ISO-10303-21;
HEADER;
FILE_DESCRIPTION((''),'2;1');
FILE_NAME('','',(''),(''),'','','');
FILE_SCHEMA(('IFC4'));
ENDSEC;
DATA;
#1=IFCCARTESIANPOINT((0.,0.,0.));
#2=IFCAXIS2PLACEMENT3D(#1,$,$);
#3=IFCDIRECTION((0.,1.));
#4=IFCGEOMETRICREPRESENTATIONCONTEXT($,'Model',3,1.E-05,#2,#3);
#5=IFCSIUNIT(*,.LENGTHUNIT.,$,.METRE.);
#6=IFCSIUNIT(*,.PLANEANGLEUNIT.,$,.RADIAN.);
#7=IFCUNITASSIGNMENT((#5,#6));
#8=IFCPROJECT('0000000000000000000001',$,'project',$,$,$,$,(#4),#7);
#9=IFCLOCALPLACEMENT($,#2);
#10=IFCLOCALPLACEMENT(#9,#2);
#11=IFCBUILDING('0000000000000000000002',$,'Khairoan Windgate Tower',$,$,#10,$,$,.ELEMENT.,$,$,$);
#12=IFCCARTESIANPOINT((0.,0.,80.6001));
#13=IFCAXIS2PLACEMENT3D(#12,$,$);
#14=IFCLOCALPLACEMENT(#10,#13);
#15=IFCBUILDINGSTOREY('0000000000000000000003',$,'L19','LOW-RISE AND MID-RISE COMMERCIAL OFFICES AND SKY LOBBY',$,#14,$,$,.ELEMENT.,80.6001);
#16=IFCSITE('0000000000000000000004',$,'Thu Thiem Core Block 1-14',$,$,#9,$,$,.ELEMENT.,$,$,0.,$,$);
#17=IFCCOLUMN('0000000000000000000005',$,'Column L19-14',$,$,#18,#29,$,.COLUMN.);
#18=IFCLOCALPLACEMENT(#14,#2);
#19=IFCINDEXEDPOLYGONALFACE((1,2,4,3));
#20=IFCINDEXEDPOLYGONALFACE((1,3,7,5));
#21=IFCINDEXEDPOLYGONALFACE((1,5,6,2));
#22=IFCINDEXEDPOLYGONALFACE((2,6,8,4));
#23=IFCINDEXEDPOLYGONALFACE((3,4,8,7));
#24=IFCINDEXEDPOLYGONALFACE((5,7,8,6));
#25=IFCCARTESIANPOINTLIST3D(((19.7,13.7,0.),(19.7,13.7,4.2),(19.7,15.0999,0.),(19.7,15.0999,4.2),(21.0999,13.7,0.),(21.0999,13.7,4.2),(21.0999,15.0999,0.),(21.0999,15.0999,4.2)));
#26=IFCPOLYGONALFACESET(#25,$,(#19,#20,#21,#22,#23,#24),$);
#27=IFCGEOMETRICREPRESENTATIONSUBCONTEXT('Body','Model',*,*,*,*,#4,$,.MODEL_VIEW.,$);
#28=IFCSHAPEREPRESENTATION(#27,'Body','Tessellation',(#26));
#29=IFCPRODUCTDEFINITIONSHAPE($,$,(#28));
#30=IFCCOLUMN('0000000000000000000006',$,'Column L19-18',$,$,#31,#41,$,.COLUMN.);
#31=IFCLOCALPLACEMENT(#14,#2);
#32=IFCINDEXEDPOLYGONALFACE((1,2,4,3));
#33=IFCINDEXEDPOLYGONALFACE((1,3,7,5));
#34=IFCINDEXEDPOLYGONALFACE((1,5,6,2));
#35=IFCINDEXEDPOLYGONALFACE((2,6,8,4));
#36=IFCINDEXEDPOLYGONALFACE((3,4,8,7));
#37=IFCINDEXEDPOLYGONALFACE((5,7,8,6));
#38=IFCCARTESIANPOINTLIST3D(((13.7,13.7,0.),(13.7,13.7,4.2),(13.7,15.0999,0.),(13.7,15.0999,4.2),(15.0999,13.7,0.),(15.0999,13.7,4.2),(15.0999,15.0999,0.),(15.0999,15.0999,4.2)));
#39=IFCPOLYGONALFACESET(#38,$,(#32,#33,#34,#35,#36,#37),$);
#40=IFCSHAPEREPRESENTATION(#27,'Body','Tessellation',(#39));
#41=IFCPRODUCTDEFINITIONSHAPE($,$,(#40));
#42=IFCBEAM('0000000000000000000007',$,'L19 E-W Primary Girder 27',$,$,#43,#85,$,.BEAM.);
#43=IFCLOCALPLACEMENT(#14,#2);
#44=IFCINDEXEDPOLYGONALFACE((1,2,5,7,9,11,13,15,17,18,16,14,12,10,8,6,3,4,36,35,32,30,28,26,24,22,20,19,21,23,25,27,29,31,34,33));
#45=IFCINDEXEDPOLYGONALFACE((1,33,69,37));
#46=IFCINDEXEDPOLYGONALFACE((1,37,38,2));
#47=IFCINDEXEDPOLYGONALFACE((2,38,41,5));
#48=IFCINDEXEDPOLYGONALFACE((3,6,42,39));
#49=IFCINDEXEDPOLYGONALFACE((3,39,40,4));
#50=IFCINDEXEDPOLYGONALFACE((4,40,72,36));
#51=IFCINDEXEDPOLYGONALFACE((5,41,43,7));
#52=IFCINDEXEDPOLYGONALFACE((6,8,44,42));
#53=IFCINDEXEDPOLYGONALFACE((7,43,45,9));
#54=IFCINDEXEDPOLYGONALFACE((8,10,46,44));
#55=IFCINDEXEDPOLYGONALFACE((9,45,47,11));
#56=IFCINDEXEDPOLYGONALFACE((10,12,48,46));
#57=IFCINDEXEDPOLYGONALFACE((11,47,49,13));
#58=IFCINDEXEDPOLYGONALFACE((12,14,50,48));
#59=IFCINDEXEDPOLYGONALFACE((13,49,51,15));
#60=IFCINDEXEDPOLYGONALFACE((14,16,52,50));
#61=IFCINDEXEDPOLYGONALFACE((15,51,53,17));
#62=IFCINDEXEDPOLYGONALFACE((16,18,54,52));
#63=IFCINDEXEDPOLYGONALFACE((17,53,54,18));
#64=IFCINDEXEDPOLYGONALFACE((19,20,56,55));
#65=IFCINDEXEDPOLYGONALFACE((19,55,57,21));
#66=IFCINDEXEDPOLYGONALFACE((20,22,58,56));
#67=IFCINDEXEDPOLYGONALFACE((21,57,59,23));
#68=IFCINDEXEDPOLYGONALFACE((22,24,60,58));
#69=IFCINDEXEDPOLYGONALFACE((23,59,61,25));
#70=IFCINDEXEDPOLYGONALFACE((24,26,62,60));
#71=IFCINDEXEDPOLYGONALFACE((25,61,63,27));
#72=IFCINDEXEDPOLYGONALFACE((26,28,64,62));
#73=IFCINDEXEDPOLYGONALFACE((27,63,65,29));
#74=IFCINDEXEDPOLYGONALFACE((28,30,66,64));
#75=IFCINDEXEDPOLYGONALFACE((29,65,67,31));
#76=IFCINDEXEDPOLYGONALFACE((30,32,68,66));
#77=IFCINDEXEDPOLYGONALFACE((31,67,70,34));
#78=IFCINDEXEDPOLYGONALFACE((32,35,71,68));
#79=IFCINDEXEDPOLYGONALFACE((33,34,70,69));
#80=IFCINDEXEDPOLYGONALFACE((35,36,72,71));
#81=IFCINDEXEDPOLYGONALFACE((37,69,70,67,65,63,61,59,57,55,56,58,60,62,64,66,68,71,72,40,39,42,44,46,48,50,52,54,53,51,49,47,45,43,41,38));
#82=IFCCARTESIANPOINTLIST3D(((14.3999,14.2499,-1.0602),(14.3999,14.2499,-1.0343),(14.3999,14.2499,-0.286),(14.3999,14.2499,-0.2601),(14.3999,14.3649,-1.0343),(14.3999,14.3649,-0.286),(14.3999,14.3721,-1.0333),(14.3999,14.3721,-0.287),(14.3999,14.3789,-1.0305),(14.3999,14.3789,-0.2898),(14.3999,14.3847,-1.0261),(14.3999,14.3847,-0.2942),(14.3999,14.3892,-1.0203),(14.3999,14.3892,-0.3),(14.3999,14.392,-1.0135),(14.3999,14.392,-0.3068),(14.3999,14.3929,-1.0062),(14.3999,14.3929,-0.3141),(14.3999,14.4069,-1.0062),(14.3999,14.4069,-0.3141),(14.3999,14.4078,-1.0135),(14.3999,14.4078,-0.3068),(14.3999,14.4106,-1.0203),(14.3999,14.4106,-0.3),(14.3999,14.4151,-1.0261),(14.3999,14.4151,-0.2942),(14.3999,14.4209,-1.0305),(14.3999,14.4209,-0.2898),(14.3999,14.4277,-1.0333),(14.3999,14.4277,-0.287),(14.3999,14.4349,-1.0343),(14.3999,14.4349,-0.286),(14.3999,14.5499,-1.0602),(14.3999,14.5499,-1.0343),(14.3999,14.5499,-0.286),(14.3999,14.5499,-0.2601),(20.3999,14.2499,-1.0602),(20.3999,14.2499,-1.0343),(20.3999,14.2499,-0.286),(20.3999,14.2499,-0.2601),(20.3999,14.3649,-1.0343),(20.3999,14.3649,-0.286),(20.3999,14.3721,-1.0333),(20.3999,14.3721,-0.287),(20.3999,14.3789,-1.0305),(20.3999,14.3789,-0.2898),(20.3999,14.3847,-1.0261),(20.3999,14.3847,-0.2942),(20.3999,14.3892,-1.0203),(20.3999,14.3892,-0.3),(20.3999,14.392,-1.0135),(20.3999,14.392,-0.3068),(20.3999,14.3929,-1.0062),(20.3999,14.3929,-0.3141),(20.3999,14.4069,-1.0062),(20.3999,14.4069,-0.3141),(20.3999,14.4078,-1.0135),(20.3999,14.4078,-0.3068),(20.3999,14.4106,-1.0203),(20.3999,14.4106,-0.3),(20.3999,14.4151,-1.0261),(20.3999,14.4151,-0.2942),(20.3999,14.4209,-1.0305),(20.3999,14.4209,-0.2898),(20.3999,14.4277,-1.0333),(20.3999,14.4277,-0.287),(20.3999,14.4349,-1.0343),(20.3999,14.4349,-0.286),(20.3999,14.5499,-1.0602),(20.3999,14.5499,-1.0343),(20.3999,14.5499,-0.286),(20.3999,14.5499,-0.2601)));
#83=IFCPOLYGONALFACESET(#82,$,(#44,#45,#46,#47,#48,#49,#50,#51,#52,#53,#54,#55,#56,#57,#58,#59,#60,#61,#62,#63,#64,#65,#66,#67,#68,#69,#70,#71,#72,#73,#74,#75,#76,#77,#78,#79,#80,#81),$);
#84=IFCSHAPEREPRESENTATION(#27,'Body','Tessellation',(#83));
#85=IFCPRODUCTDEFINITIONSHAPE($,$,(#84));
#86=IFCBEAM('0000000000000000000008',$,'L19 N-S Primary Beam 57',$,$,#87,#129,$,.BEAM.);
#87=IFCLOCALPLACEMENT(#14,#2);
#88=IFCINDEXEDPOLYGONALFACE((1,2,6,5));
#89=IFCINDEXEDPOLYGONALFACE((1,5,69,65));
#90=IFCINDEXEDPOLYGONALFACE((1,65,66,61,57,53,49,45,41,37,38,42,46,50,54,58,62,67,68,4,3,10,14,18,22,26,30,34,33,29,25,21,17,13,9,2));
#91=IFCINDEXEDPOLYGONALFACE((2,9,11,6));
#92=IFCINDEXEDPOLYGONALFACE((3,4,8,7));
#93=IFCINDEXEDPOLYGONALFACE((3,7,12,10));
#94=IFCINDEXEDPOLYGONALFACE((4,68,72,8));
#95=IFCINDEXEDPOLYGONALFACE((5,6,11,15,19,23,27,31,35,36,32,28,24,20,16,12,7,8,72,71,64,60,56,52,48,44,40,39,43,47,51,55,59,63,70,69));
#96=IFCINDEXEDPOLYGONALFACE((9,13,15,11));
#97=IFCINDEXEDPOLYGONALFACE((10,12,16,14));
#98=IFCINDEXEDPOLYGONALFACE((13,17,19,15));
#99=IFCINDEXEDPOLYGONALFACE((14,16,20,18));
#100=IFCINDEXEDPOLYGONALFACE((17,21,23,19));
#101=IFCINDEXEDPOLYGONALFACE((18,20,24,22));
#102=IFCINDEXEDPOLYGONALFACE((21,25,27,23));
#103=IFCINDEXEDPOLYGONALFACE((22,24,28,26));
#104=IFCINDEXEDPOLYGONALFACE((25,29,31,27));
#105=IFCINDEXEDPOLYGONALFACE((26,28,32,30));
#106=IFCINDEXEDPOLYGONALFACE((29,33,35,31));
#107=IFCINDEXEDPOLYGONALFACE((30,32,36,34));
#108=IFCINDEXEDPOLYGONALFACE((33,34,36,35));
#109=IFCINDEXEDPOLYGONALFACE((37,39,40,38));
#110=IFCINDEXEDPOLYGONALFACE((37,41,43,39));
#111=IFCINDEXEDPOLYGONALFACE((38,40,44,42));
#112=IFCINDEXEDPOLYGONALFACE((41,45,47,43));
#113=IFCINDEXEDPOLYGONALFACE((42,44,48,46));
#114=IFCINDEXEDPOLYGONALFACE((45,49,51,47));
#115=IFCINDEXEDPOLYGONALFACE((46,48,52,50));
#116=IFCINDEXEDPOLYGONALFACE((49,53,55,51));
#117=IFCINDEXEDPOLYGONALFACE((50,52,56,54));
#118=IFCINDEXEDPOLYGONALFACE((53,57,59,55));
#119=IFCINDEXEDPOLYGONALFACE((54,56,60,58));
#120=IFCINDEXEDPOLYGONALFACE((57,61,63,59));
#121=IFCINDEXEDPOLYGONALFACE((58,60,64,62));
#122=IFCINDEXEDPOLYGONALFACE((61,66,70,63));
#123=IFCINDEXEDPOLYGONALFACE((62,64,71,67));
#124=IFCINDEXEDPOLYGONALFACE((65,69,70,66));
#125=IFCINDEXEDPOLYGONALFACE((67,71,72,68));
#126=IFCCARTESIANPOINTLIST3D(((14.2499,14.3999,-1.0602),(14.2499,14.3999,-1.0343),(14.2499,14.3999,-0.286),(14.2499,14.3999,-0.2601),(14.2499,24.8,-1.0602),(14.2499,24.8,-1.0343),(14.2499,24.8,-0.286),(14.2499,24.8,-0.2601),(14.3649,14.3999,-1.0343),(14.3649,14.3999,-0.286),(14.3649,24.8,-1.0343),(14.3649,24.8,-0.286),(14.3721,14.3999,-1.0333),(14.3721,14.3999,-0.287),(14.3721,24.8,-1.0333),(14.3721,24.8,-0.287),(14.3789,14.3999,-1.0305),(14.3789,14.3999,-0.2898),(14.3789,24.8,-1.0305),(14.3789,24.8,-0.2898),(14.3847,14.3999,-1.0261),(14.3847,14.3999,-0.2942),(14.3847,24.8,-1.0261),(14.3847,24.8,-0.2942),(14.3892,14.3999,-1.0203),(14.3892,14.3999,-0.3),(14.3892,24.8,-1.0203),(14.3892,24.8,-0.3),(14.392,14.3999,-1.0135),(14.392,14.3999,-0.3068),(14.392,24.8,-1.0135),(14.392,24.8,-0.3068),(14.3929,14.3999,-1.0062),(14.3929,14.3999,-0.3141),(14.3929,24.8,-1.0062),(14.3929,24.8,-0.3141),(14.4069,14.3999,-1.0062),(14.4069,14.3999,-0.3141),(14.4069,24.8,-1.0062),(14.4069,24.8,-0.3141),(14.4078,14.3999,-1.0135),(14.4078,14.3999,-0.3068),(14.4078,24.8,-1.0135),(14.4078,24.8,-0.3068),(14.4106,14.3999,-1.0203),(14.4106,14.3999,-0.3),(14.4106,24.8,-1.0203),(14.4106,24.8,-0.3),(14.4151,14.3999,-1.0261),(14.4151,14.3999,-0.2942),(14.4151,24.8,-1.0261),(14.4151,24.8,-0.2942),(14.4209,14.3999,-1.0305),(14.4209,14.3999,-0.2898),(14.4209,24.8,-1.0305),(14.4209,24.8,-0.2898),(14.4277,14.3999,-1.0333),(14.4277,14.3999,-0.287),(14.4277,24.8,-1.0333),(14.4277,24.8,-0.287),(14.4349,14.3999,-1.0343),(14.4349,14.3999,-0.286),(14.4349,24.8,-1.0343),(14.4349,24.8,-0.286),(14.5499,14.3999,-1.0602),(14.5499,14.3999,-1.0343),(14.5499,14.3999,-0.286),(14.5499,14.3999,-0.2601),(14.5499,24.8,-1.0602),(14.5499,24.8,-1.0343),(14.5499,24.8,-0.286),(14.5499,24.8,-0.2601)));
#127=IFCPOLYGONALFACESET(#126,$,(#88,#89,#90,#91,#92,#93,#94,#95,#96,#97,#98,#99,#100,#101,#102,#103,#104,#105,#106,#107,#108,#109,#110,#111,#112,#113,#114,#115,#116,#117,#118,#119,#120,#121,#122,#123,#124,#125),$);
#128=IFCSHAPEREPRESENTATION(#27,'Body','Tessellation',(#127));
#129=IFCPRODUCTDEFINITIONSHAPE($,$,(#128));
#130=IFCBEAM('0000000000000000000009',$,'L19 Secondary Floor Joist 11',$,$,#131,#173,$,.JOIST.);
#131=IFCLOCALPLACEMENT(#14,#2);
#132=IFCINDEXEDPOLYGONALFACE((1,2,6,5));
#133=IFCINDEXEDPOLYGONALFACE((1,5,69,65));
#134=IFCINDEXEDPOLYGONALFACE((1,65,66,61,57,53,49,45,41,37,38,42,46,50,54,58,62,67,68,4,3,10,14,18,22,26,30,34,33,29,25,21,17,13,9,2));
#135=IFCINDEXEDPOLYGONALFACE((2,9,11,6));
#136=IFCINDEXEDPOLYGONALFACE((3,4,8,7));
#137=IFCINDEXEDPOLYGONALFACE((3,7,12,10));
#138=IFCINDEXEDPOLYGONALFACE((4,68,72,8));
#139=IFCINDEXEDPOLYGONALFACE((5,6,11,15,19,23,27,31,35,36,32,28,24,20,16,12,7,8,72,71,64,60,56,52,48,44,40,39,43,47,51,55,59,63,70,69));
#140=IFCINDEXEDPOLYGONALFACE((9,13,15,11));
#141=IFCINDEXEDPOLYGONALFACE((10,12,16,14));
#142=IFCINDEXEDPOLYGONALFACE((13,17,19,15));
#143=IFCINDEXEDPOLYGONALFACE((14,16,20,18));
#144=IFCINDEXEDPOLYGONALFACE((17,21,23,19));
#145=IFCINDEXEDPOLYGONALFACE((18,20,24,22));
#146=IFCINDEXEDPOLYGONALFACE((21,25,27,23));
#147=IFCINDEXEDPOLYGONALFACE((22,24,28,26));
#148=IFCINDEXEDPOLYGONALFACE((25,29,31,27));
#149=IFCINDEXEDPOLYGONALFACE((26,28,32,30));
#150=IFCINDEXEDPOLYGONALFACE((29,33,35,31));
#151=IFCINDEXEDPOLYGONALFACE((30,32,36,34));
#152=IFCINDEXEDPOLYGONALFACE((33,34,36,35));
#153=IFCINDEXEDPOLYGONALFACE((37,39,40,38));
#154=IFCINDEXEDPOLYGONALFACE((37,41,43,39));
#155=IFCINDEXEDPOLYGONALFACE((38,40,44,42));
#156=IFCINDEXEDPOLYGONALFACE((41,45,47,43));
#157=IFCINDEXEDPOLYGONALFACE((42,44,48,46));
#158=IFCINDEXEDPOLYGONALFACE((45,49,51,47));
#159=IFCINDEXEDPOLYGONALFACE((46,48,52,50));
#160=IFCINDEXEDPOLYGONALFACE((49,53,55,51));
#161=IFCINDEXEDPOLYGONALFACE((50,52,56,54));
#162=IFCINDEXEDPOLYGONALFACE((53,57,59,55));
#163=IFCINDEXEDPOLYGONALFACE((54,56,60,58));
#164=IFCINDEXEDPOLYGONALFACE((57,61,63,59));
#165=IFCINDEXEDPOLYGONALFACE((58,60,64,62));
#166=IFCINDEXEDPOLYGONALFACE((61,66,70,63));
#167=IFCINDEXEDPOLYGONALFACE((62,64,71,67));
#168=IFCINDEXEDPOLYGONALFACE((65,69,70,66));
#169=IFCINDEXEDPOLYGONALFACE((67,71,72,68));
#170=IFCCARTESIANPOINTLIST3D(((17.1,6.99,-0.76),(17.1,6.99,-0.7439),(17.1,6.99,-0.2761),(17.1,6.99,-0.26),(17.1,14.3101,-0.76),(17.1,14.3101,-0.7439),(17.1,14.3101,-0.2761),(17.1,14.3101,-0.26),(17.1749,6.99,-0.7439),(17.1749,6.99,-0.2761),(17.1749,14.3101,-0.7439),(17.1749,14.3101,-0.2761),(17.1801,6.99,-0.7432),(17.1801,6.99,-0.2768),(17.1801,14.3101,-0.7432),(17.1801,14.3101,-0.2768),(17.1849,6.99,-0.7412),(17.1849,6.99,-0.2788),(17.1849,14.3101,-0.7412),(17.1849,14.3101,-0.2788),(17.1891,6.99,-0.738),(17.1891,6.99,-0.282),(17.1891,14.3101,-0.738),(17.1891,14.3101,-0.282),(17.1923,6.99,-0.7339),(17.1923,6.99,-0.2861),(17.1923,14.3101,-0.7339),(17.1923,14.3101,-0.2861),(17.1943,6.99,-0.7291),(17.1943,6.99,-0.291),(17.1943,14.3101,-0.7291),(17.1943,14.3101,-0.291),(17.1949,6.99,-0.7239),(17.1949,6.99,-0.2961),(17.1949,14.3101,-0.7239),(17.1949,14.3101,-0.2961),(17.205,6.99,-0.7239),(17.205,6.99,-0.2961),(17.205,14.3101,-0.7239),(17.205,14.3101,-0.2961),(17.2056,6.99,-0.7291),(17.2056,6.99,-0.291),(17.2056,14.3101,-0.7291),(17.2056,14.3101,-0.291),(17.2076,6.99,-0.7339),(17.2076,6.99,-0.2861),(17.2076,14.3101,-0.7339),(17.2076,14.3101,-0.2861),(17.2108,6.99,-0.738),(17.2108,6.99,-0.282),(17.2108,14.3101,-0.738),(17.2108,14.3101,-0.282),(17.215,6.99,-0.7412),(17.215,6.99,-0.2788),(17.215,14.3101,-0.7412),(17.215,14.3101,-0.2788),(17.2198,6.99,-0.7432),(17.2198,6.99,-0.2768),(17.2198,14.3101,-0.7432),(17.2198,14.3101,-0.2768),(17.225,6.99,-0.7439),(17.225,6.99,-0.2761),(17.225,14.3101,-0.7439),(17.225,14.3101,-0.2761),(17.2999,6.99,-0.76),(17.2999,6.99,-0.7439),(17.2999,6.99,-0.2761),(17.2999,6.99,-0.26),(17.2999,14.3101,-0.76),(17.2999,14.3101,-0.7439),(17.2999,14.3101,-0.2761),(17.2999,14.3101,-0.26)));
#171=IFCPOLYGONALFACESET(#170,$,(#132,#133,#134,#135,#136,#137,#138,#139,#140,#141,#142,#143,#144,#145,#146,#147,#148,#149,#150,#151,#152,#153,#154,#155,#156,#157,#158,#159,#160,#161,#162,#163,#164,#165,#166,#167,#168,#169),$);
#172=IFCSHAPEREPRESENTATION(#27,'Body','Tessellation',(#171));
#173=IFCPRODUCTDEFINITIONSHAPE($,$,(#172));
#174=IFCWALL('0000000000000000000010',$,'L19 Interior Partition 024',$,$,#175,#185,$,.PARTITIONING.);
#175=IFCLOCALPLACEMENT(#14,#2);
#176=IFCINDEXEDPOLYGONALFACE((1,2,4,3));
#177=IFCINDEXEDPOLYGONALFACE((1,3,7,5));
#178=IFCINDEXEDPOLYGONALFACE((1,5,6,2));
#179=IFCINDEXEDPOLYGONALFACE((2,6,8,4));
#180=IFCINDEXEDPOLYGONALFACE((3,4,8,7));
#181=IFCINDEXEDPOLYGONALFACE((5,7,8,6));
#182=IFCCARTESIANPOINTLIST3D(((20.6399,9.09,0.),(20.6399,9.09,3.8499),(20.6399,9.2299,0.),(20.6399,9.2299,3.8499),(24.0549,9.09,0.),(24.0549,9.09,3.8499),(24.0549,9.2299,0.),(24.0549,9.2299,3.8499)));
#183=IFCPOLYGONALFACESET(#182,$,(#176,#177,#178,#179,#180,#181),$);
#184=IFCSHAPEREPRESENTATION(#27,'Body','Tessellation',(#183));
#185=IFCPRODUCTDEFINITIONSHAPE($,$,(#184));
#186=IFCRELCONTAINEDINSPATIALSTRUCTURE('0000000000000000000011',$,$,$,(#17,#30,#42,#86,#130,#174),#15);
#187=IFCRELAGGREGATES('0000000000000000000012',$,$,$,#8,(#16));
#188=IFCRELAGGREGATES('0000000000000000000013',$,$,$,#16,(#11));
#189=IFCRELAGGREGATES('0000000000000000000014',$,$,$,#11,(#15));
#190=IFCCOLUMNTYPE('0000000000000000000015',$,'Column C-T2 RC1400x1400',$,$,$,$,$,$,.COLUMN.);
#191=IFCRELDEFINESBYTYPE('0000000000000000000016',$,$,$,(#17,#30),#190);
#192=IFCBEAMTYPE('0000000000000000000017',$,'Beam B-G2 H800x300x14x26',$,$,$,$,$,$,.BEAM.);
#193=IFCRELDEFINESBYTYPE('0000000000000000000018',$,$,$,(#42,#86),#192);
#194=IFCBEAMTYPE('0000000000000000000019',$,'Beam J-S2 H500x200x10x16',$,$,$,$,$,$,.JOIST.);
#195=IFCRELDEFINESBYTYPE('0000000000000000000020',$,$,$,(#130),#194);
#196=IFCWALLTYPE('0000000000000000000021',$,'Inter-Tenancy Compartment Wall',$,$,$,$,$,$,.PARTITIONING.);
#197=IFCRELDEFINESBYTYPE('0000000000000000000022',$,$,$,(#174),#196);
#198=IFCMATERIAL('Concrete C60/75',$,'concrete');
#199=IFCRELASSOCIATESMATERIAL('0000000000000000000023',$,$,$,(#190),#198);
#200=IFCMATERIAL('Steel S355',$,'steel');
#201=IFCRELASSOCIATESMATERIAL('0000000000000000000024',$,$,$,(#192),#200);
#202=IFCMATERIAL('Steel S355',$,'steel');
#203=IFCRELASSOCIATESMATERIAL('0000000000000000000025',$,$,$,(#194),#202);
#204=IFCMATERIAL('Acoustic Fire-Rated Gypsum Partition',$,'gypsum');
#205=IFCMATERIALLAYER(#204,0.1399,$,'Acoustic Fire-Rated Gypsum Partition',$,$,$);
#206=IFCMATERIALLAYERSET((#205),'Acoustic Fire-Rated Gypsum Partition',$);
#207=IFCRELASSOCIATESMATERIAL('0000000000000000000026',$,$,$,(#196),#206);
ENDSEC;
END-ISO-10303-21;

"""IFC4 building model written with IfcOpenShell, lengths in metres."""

from ifc_helpers import new_model, si_unit, direction, frame, frame_2d, origin, origin_2d, place, context, subcontext, project, spatial, rectangle, i_section, extrude, material, layer, layer_set, material_profile, profile_set, type_object, element, save


model = new_model("IFC4")

# Units and contexts
model_context = context("Model", 3, precision=1e-05, world=origin(), true_north=direction((0.0, 1.0)))
body_context = subcontext(model_context, "Body", "Model", "MODEL_VIEW")
ifc_project = project(units=[si_unit("LENGTHUNIT", "METRE"), si_unit("PLANEANGLEUNIT", "RADIAN")], contexts=[model_context])

# Site, building, storey
site_placement = place(None, origin())
site = spatial("IfcSite", under=ifc_project, at=site_placement, Name="Thu Thiem Core Block 1-14", CompositionType="ELEMENT", RefElevation=0.0)
building_placement = place(site_placement, origin())
building = spatial("IfcBuilding", under=site, at=building_placement, Name="Khairoan Windgate Tower", CompositionType="ELEMENT")
storey_placement = place(building_placement, frame((0.0, 0.0, 80.6001)))
storey = spatial("IfcBuildingStorey", under=building, at=storey_placement, Name="L19", Description="LOW-RISE AND MID-RISE COMMERCIAL OFFICES AND SKY LOBBY", CompositionType="ELEMENT", Elevation=80.6001)

# Columns
ifc_material_1 = material(Name="Concrete C60/75", Category="concrete")
ifc_material_profile_1 = material_profile(ifc_material_1, rectangle(XDim=1.3999, YDim=1.3999, at=origin_2d()))
ifc_profile_set_1 = profile_set([ifc_material_profile_1], Name="Concrete C60/75")
column_type = type_object("IfcColumnType", Name="Column C-T2 RC1400x1400", PredefinedType="COLUMN", material=ifc_profile_set_1)
for number, where, z_axis, x_axis, name in (
    (1, (20.3999, 14.3999, 0.0), (0.0, 0.0, 1.0), (1.0, 0.0, 0.0), "Column L19-14"),
    (2, (14.3999, 14.3999, 0.0), (0.0, 0.0, 1.0), (1.0, 0.0, 0.0), "Column L19-18"),
):
    element("IfcColumn", number, at=place(storey_placement, frame(where, z_axis=z_axis, x_axis=x_axis)), inside=storey, type_object=column_type, Name=name, PredefinedType="COLUMN", context=body_context, shape_type="SweptSolid", body=[
        extrude(rectangle(XDim=1.3999, YDim=1.3999, at=origin_2d()), origin(), (0.0, 0.0, 1.0), 4.2),
    ])

# Beams
ifc_material_2 = material(Name="Steel S355", Category="steel")
ifc_material_profile_2 = material_profile(ifc_material_2, i_section(OverallWidth=0.3, OverallDepth=0.8, WebThickness=0.0139, FlangeThickness=0.0259, FilletRadius=0.0281, at=origin_2d()))
ifc_profile_set_2 = profile_set([ifc_material_profile_2], Name="Steel S355")
beam_type_1 = type_object("IfcBeamType", Name="Beam B-G2 H800x300x14x26", PredefinedType="BEAM", material=ifc_profile_set_2)
beam_1_placement = place(storey_placement, frame((14.3999, 14.3999, -0.6602), z_axis=(1.0, 0.0, 0.0), x_axis=(0.0, 1.0, 0.0)))
element("IfcBeam", 3, at=beam_1_placement, inside=storey, type_object=beam_type_1, Name="L19 E-W Primary Girder 27", PredefinedType="BEAM", context=body_context, shape_type="SweptSolid", body=[
    extrude(i_section(OverallWidth=0.3, OverallDepth=0.8, WebThickness=0.0139, FlangeThickness=0.0259, FilletRadius=0.0281, at=origin_2d()), origin(), (0.0, 0.0, 1.0), 6.0),
])
beam_2_placement = place(storey_placement, frame((14.3999, 14.3999, -0.6602), z_axis=(0.0, 1.0, 0.0), x_axis=(-1.0, 0.0, 0.0)))
element("IfcBeam", 4, at=beam_2_placement, inside=storey, type_object=beam_type_1, Name="L19 N-S Primary Beam 57", PredefinedType="BEAM", context=body_context, shape_type="SweptSolid", body=[
    extrude(i_section(OverallWidth=0.3, OverallDepth=0.8, WebThickness=0.0139, FlangeThickness=0.0259, FilletRadius=0.0281, at=origin_2d()), origin(), (0.0, 0.0, 1.0), 10.4001),
])
ifc_material_3 = material(Name="Steel S355", Category="steel")
ifc_material_profile_3 = material_profile(ifc_material_3, i_section(OverallWidth=0.2, OverallDepth=0.5, WebThickness=0.01, FlangeThickness=0.0161, FilletRadius=0.02, at=origin_2d()))
ifc_profile_set_3 = profile_set([ifc_material_profile_3], Name="Steel S355")
beam_type_2 = type_object("IfcBeamType", Name="Beam J-S2 H500x200x10x16", PredefinedType="JOIST", material=ifc_profile_set_3)
beam_3_placement = place(storey_placement, frame((17.2, 6.99, -0.51), z_axis=(0.0, 1.0, 0.0), x_axis=(-1.0, 0.0, 0.0)))
element("IfcBeam", 5, at=beam_3_placement, inside=storey, type_object=beam_type_2, Name="L19 Secondary Floor Joist 11", PredefinedType="JOIST", context=body_context, shape_type="SweptSolid", body=[
    extrude(i_section(OverallWidth=0.2, OverallDepth=0.5, WebThickness=0.01, FlangeThickness=0.0161, FilletRadius=0.02, at=origin_2d()), origin(), (0.0, 0.0, 1.0), 7.3201),
])

# Wall
ifc_material_4 = material(Name="Acoustic Fire-Rated Gypsum Partition", Category="gypsum")
ifc_layer_1 = layer(ifc_material_4, 0.1399, Name="Acoustic Fire-Rated Gypsum Partition")
ifc_layer_set_1 = layer_set([ifc_layer_1], Name="Acoustic Fire-Rated Gypsum Partition")
wall_type_1 = type_object("IfcWallType", Name="Inter-Tenancy Compartment Wall", PredefinedType="PARTITIONING", material=ifc_layer_set_1)
wall_1_placement = place(storey_placement, frame((20.6399, 9.1599, 0.0), z_axis=(0.0, 0.0, 1.0), x_axis=(1.0, 0.0, 0.0)))
element("IfcWall", 6, at=wall_1_placement, inside=storey, type_object=wall_type_1, Name="L19 Interior Partition 024", PredefinedType="PARTITIONING", context=body_context, shape_type="SweptSolid", body=[
    extrude(rectangle(XDim=3.415, YDim=0.1399, at=frame_2d((1.7075, 0.0))), origin(), (0.0, 0.0, 1.0), 3.8499),
])

save(model, "model.ifc")
